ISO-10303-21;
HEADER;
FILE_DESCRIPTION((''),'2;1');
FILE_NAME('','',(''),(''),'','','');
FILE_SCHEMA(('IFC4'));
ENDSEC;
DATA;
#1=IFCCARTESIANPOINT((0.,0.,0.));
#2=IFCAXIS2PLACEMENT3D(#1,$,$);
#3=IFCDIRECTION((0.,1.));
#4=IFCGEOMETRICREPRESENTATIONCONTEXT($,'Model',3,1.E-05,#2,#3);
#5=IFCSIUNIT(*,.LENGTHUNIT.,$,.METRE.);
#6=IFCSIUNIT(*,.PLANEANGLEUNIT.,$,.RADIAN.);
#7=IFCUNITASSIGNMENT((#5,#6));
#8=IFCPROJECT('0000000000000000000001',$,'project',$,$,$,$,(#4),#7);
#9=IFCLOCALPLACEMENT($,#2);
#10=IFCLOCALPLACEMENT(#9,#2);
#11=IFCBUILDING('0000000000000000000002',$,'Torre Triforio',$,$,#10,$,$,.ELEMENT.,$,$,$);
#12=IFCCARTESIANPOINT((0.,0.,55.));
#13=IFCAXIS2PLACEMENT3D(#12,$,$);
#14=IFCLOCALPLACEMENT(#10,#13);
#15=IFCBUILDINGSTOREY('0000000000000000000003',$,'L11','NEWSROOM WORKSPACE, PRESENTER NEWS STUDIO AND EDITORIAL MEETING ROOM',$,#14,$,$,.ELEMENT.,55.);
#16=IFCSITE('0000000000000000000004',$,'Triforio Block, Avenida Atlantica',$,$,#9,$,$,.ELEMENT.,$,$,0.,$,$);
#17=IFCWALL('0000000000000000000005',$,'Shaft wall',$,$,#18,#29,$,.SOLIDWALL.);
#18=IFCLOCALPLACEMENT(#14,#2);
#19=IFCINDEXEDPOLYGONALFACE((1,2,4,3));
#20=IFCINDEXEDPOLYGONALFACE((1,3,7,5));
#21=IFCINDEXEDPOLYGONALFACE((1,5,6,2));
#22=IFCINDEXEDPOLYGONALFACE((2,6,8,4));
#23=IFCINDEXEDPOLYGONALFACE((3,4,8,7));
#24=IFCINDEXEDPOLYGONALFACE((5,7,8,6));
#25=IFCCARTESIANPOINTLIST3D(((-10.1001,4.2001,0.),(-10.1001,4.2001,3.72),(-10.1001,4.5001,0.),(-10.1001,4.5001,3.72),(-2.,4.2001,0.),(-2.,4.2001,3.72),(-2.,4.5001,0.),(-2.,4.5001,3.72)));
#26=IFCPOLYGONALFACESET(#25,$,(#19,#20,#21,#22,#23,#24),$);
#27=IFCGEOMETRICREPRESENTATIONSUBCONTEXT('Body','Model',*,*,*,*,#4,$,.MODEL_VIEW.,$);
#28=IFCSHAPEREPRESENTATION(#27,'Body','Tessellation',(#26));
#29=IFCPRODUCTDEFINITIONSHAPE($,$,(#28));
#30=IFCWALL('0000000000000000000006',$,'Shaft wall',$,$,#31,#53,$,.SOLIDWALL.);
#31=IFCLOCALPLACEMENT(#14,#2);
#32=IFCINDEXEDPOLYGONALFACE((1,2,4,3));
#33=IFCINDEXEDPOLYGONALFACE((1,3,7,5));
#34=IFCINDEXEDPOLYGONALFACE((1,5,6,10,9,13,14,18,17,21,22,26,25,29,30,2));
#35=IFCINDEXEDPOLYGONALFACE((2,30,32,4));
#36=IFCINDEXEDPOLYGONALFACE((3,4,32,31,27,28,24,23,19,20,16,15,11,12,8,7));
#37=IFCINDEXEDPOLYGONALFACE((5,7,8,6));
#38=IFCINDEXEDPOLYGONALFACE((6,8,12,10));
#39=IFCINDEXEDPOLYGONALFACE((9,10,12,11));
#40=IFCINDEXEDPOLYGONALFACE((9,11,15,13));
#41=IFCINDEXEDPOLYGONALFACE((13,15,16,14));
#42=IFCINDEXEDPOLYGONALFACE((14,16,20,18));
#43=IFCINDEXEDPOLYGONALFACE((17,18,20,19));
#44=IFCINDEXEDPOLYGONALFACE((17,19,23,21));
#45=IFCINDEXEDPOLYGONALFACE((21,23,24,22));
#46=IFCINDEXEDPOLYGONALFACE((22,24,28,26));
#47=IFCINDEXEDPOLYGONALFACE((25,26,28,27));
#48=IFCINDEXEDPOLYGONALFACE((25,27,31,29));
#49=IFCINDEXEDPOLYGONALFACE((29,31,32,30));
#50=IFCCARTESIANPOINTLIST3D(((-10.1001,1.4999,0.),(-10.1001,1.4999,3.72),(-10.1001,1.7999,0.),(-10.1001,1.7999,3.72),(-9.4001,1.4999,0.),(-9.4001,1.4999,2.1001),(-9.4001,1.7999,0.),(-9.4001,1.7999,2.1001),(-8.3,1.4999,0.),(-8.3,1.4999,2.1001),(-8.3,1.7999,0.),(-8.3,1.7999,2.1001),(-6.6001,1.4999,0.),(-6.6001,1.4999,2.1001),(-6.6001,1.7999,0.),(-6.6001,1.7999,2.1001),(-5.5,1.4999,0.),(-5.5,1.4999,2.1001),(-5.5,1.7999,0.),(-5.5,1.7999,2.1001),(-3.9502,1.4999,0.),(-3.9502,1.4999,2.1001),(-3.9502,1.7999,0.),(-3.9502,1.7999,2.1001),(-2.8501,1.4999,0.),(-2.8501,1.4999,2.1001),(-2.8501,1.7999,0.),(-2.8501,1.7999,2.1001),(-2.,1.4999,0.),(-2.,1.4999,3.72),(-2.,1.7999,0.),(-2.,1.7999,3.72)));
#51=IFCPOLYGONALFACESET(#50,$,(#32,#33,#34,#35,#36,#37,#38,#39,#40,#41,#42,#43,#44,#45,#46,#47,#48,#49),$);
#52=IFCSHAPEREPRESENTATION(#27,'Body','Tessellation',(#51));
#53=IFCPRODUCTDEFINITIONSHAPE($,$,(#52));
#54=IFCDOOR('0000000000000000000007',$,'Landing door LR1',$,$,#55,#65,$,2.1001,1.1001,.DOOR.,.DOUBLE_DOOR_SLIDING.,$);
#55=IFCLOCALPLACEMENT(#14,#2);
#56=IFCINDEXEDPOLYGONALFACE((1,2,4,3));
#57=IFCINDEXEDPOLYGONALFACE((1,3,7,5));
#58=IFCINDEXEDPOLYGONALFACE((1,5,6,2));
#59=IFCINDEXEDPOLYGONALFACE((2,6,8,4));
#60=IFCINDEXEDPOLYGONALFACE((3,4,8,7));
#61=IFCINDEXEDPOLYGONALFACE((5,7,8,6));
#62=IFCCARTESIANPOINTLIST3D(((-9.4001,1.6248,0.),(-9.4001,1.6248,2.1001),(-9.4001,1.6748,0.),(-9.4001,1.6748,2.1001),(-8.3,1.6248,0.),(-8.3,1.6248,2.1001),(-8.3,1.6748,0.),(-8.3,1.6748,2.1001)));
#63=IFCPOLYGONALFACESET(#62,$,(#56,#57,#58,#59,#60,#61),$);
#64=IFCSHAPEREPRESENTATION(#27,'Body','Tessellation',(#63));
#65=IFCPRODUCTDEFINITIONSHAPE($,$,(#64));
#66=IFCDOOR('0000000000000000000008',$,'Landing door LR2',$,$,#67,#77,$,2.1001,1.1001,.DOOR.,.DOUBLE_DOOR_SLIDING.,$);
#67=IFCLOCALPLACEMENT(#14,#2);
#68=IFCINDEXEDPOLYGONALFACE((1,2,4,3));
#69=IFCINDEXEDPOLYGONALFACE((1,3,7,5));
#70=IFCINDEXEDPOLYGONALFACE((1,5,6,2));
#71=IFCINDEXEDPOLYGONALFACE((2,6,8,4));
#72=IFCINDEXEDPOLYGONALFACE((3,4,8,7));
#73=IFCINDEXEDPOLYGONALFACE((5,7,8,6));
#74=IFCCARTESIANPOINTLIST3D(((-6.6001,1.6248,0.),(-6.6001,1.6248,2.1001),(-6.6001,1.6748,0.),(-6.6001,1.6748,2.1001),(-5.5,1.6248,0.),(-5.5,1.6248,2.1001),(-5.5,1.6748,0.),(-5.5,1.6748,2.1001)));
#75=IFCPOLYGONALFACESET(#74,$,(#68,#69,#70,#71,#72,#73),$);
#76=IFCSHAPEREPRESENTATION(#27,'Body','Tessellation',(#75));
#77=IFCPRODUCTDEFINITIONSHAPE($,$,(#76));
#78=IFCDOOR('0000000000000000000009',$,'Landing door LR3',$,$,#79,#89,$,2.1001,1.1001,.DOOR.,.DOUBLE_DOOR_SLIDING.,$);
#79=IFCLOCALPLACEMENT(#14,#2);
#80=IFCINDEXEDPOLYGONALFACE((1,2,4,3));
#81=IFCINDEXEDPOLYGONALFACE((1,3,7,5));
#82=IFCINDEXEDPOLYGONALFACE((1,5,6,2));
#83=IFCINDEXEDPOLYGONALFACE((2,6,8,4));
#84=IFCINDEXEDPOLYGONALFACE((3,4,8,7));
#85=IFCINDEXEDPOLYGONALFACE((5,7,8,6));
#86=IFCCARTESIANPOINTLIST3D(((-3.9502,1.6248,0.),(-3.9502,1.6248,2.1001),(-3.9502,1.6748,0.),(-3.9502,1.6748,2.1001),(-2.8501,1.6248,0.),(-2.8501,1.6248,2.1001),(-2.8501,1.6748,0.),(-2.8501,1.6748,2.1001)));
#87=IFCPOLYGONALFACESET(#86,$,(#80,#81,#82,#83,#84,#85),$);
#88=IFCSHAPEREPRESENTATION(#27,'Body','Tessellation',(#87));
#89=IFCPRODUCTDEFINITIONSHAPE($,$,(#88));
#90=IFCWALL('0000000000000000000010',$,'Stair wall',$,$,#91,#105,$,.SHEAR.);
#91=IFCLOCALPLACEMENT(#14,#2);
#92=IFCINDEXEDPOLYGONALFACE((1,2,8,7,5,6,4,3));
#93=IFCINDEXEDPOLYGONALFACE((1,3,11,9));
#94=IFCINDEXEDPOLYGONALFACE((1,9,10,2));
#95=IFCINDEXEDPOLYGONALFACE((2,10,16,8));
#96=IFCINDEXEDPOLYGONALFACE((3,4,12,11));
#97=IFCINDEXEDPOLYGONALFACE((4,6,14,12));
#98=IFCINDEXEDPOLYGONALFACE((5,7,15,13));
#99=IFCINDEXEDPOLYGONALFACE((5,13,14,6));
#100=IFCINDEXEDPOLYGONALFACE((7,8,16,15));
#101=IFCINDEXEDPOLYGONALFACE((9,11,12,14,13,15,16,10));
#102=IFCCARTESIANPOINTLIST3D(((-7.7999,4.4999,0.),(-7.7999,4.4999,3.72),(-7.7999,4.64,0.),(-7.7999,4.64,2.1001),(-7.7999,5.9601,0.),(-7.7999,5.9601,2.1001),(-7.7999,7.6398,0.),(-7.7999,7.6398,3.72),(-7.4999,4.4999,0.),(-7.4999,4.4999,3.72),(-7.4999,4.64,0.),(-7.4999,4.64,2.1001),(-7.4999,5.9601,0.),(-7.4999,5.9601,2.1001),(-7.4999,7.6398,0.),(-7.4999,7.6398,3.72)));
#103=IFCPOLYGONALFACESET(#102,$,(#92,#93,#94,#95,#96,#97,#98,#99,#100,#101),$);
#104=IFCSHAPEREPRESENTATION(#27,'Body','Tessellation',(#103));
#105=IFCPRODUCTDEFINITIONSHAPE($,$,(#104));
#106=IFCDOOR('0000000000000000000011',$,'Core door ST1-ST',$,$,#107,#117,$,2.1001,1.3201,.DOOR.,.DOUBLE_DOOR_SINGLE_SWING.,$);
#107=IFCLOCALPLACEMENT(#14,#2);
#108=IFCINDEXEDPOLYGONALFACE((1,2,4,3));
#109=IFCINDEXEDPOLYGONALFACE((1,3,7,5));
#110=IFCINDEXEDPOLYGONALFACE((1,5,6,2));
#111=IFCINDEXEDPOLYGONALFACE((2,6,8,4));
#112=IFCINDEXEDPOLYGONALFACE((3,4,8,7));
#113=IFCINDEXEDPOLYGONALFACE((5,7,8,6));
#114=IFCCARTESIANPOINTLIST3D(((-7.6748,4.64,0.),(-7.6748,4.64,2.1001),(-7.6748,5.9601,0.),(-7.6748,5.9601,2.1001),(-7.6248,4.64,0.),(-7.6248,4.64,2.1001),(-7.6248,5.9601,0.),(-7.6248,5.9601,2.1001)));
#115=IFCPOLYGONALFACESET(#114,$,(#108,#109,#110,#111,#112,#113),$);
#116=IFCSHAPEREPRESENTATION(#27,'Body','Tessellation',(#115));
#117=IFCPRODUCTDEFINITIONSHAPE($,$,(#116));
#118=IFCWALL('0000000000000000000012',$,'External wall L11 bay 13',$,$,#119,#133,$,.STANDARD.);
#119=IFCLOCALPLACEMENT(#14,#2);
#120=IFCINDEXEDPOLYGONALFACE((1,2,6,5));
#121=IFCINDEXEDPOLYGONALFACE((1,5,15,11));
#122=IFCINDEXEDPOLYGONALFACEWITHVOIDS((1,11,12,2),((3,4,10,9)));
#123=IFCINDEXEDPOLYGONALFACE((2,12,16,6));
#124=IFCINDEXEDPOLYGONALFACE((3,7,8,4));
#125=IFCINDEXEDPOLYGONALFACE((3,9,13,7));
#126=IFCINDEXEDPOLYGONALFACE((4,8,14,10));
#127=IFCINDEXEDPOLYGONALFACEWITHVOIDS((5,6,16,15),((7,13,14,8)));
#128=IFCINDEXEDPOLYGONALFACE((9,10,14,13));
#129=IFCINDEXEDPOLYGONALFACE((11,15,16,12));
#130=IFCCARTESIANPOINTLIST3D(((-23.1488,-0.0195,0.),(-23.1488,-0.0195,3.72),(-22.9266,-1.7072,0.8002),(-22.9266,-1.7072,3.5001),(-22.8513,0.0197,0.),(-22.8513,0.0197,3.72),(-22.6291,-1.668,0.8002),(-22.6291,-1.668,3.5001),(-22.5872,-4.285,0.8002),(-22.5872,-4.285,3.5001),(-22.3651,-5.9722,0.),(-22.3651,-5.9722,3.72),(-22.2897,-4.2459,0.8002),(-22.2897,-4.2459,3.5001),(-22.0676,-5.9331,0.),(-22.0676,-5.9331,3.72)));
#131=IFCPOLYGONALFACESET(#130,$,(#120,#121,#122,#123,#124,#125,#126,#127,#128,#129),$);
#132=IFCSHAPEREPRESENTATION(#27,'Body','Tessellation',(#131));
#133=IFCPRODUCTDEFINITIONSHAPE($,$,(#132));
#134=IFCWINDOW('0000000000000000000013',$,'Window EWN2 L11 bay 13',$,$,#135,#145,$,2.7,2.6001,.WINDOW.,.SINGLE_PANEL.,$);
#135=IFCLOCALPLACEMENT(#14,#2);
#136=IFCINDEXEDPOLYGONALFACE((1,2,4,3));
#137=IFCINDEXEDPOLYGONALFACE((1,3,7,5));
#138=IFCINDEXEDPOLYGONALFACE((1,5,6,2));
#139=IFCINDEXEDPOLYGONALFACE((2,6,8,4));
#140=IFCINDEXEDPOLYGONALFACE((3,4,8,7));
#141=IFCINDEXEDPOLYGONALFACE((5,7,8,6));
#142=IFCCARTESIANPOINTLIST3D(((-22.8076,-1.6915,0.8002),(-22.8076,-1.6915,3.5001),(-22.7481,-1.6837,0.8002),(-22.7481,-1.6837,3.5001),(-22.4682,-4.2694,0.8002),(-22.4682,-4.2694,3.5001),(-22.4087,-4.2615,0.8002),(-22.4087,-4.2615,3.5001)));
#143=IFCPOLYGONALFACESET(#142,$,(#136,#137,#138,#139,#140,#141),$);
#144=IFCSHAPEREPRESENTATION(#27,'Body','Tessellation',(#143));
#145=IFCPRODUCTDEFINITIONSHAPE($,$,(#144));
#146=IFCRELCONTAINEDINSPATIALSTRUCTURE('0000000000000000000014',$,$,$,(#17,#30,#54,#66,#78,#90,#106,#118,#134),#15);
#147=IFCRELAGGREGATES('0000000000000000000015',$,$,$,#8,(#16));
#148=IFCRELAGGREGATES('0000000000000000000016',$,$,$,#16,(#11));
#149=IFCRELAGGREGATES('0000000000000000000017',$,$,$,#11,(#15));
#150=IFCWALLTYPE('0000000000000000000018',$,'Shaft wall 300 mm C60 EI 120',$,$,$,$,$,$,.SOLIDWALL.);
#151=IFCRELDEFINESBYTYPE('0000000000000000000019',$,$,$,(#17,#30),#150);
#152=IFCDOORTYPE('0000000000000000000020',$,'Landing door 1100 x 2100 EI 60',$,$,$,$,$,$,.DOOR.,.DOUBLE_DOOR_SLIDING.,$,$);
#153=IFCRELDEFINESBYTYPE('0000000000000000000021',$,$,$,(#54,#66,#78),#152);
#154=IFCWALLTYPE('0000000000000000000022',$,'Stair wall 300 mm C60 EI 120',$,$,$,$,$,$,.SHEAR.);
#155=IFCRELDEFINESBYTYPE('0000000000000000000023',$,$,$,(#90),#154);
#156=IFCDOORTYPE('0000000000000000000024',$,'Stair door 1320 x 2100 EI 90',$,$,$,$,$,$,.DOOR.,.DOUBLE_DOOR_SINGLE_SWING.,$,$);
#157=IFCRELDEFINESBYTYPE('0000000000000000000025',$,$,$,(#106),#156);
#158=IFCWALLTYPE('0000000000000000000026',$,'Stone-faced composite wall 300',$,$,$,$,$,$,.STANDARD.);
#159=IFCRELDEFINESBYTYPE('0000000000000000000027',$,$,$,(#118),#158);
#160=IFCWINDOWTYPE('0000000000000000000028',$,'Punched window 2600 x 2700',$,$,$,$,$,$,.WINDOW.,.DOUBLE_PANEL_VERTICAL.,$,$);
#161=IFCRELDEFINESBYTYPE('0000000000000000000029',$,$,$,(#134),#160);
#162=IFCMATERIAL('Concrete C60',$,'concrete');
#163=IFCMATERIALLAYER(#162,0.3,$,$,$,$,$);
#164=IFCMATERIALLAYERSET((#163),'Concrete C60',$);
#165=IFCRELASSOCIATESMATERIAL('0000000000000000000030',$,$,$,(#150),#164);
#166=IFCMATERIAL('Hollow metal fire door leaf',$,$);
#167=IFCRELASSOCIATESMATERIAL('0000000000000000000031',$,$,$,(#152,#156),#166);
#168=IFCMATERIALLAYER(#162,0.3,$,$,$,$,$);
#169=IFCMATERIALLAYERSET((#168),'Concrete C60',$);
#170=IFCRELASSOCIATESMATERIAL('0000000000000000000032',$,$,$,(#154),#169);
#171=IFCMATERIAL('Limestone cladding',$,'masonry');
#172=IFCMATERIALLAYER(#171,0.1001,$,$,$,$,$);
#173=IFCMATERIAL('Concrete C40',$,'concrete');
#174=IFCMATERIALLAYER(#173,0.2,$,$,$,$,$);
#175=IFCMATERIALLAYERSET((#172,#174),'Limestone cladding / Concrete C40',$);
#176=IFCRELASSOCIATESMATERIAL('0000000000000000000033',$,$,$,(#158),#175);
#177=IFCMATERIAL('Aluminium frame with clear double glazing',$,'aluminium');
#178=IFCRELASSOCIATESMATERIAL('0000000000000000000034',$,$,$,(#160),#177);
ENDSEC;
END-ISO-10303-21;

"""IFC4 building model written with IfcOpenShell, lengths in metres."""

from ifc_helpers import new_model, si_unit, direction, frame, frame_2d, origin, place, context, subcontext, project, spatial, rectangle, extrude, material, layer, layer_set, type_object, element, fill, save


model = new_model("IFC4")

# Units and contexts
model_context = context("Model", 3, precision=1e-05, world=origin(), true_north=direction((0.0, 1.0)))
body_context = subcontext(model_context, "Body", "Model", "MODEL_VIEW")
ifc_project = project(units=[si_unit("LENGTHUNIT", "METRE"), si_unit("PLANEANGLEUNIT", "RADIAN")], contexts=[model_context])

# Site, building, storey
site_placement = place(None, origin())
site = spatial("IfcSite", under=ifc_project, at=site_placement, Name="Triforio Block, Avenida Atlantica", CompositionType="ELEMENT", RefElevation=0.0)
building_placement = place(site_placement, origin())
building = spatial("IfcBuilding", under=site, at=building_placement, Name="Torre Triforio", CompositionType="ELEMENT")
storey_placement = place(building_placement, frame((0.0, 0.0, 55.0)))
storey = spatial("IfcBuildingStorey", under=building, at=storey_placement, Name="L11", Description="NEWSROOM WORKSPACE, PRESENTER NEWS STUDIO AND EDITORIAL MEETING ROOM", CompositionType="ELEMENT", Elevation=55.0)

# Shared definitions
ifc_material_1 = material(Name="Concrete C60", Category="concrete")
ifc_material_2 = material(Name="Hollow metal fire door leaf")

# Wall
ifc_layer_1 = layer(ifc_material_1, 0.3)
ifc_layer_set_1 = layer_set([ifc_layer_1], Name="Concrete C60")
wall_type_1 = type_object("IfcWallType", Name="Shaft wall 300 mm C60 EI 120", PredefinedType="SOLIDWALL", material=ifc_layer_set_1)
wall_1_placement = place(storey_placement, frame((-10.1001, 4.3501, 0.0), z_axis=(0.0, 0.0, 1.0), x_axis=(1.0, 0.0, 0.0)))
element("IfcWall", 1, at=wall_1_placement, inside=storey, type_object=wall_type_1, Name="Shaft wall", PredefinedType="SOLIDWALL", context=body_context, shape_type="SweptSolid", body=[
    extrude(rectangle(XDim=8.1001, YDim=0.3, at=frame_2d((4.05, 0.0))), origin(), (0.0, 0.0, 1.0), 3.72),
])

# Wall, openings, doors
wall_2_placement = place(storey_placement, frame((-10.1001, 1.6499, 0.0), z_axis=(0.0, 0.0, 1.0), x_axis=(1.0, 0.0, 0.0)))
wall_2 = element("IfcWall", 2, at=wall_2_placement, inside=storey, type_object=wall_type_1, Name="Shaft wall", PredefinedType="SOLIDWALL", context=body_context, shape_type="SweptSolid", body=[
    extrude(rectangle(XDim=8.1001, YDim=0.3, at=frame_2d((4.05, 0.0))), origin(), (0.0, 0.0, 1.0), 3.72),
])
opening_1_placement = place(wall_2_placement, frame((0.7, 0.0, 0.0)))
opening_1 = element("IfcOpeningElement", 3, at=opening_1_placement, cuts=wall_2, PredefinedType="OPENING", context=body_context, shape_type="SweptSolid", body=[
    extrude(rectangle(XDim=1.1001, YDim=2.1001, at=frame_2d((0.55, 1.05))), frame((0.0, 0.1599, 0.0), z_axis=(0.0, -1.0, 0.0), x_axis=(1.0, 0.0, 0.0)), (0.0, 0.0, 1.0), 0.3201),
])
opening_2_placement = place(wall_2_placement, frame((3.5, 0.0, 0.0)))
opening_2 = element("IfcOpeningElement", 4, at=opening_2_placement, cuts=wall_2, PredefinedType="OPENING", context=body_context, shape_type="SweptSolid", body=[
    extrude(rectangle(XDim=1.1001, YDim=2.1001, at=frame_2d((0.55, 1.05))), frame((0.0, 0.1599, 0.0), z_axis=(0.0, -1.0, 0.0), x_axis=(1.0, 0.0, 0.0)), (0.0, 0.0, 1.0), 0.3201),
])
opening_3_placement = place(wall_2_placement, frame((6.1499, 0.0, 0.0)))
opening_3 = element("IfcOpeningElement", 5, at=opening_3_placement, cuts=wall_2, PredefinedType="OPENING", context=body_context, shape_type="SweptSolid", body=[
    extrude(rectangle(XDim=1.1001, YDim=2.1001, at=frame_2d((0.55, 1.05))), frame((0.0, 0.1599, 0.0), z_axis=(0.0, -1.0, 0.0), x_axis=(1.0, 0.0, 0.0)), (0.0, 0.0, 1.0), 0.3201),
])
door_type_1 = type_object("IfcDoorType", Name="Landing door 1100 x 2100 EI 60", OperationType="DOUBLE_DOOR_SLIDING", PredefinedType="DOOR", material=ifc_material_2)
door_1_placement = place(opening_1_placement, origin())
door_1 = element("IfcDoor", 6, at=door_1_placement, inside=storey, type_object=door_type_1, Name="Landing door LR1", OperationType="DOUBLE_DOOR_SLIDING", OverallHeight=2.1001, OverallWidth=1.1001, PredefinedType="DOOR", context=body_context, shape_type="SweptSolid", body=[
    extrude(rectangle(XDim=1.1001, YDim=2.1001, at=frame_2d((0.55, 1.05))), frame((0.0, 0.0249, 0.0), z_axis=(0.0, -1.0, 0.0), x_axis=(1.0, 0.0, 0.0)), (0.0, 0.0, 1.0), 0.05),
])
fill(opening_1, door_1)
door_2_placement = place(opening_2_placement, origin())
door_2 = element("IfcDoor", 7, at=door_2_placement, inside=storey, type_object=door_type_1, Name="Landing door LR2", OperationType="DOUBLE_DOOR_SLIDING", OverallHeight=2.1001, OverallWidth=1.1001, PredefinedType="DOOR", context=body_context, shape_type="SweptSolid", body=[
    extrude(rectangle(XDim=1.1001, YDim=2.1001, at=frame_2d((0.55, 1.05))), frame((0.0, 0.0249, 0.0), z_axis=(0.0, -1.0, 0.0), x_axis=(1.0, 0.0, 0.0)), (0.0, 0.0, 1.0), 0.05),
])
fill(opening_2, door_2)
door_3_placement = place(opening_3_placement, origin())
door_3 = element("IfcDoor", 8, at=door_3_placement, inside=storey, type_object=door_type_1, Name="Landing door LR3", OperationType="DOUBLE_DOOR_SLIDING", OverallHeight=2.1001, OverallWidth=1.1001, PredefinedType="DOOR", context=body_context, shape_type="SweptSolid", body=[
    extrude(rectangle(XDim=1.1001, YDim=2.1001, at=frame_2d((0.55, 1.05))), frame((0.0, 0.0249, 0.0), z_axis=(0.0, -1.0, 0.0), x_axis=(1.0, 0.0, 0.0)), (0.0, 0.0, 1.0), 0.05),
])
fill(opening_3, door_3)

# Wall, opening, door
ifc_layer_2 = layer(ifc_material_1, 0.3)
ifc_layer_set_2 = layer_set([ifc_layer_2], Name="Concrete C60")
wall_type_2 = type_object("IfcWallType", Name="Stair wall 300 mm C60 EI 120", PredefinedType="SHEAR", material=ifc_layer_set_2)
wall_3_placement = place(storey_placement, frame((-7.6499, 4.5, 0.0), z_axis=(0.0, 0.0, 1.0), x_axis=(0.0, 1.0, 0.0)))
wall_3 = element("IfcWall", 9, at=wall_3_placement, inside=storey, type_object=wall_type_2, Name="Stair wall", PredefinedType="SHEAR", context=body_context, shape_type="SweptSolid", body=[
    extrude(rectangle(XDim=3.1399, YDim=0.3, at=frame_2d((1.5698, 0.0))), origin(), (0.0, 0.0, 1.0), 3.72),
])
opening_4_placement = place(wall_3_placement, frame((0.1399, 0.0, 0.0)))
opening_4 = element("IfcOpeningElement", 10, at=opening_4_placement, cuts=wall_3, PredefinedType="OPENING", context=body_context, shape_type="SweptSolid", body=[
    extrude(rectangle(XDim=1.3201, YDim=2.1001, at=frame_2d((0.6602, 1.05))), frame((0.0, 0.1599, 0.0), z_axis=(0.0, -1.0, 0.0), x_axis=(1.0, 0.0, 0.0)), (0.0, 0.0, 1.0), 0.3201),
])
door_type_2 = type_object("IfcDoorType", Name="Stair door 1320 x 2100 EI 90", OperationType="DOUBLE_DOOR_SINGLE_SWING", PredefinedType="DOOR", material=ifc_material_2)
door_4_placement = place(opening_4_placement, origin())
door_4 = element("IfcDoor", 11, at=door_4_placement, inside=storey, type_object=door_type_2, Name="Core door ST1-ST", OperationType="DOUBLE_DOOR_SINGLE_SWING", OverallHeight=2.1001, OverallWidth=1.3201, PredefinedType="DOOR", context=body_context, shape_type="SweptSolid", body=[
    extrude(rectangle(XDim=1.3201, YDim=2.1001, at=frame_2d((0.6602, 1.05))), frame((0.0, 0.0249, 0.0), z_axis=(0.0, -1.0, 0.0), x_axis=(1.0, 0.0, 0.0)), (0.0, 0.0, 1.0), 0.05),
])
fill(opening_4, door_4)

# Shared definitions
ifc_material_3 = material(Name="Limestone cladding", Category="masonry")
ifc_layer_3 = layer(ifc_material_3, 0.1001)
ifc_material_4 = material(Name="Concrete C40", Category="concrete")
ifc_layer_4 = layer(ifc_material_4, 0.2)
ifc_layer_set_3 = layer_set([ifc_layer_3, ifc_layer_4], Name="Limestone cladding / Concrete C40")
wall_type_3 = type_object("IfcWallType", Name="Stone-faced composite wall 300", PredefinedType="STANDARD", material=ifc_layer_set_3)
ifc_material_5 = material(Name="Aluminium frame with clear double glazing", Category="aluminium")

# Wall, opening, window
wall_4_placement = place(storey_placement, frame((-23.0, 0.0, 0.0), z_axis=(0.0, 0.0, 1.0), x_axis=(0.130523, -0.991445, 0.0)))
wall_4 = element("IfcWall", 12, at=wall_4_placement, inside=storey, type_object=wall_type_3, Name="External wall L11 bay 13", PredefinedType="STANDARD", context=body_context, shape_type="SweptSolid", body=[
    extrude(rectangle(XDim=6.0042, YDim=0.3, at=frame_2d((3.002, 0.0))), origin(), (0.0, 0.0, 1.0), 3.72),
])
opening_5_placement = place(wall_4_placement, frame((1.7021, 0.0, 0.8)))
opening_5 = element("IfcOpeningElement", 13, at=opening_5_placement, cuts=wall_4, PredefinedType="OPENING", context=body_context, shape_type="SweptSolid", body=[
    extrude(rectangle(XDim=2.6001, YDim=2.7, at=frame_2d((1.3, 1.3501))), frame((0.0, 0.1599, 0.0), z_axis=(0.0, -1.0, 0.0), x_axis=(1.0, 0.0, 0.0)), (0.0, 0.0, 1.0), 0.3201),
])
window_type_1 = type_object("IfcWindowType", Name="Punched window 2600 x 2700", PartitioningType="DOUBLE_PANEL_VERTICAL", PredefinedType="WINDOW", material=ifc_material_5)
window_1_placement = place(opening_5_placement, origin())
window_1 = element("IfcWindow", 14, at=window_1_placement, inside=storey, type_object=window_type_1, Name="Window EWN2 L11 bay 13", OverallHeight=2.7, OverallWidth=2.6001, PartitioningType="SINGLE_PANEL", PredefinedType="WINDOW", context=body_context, shape_type="SweptSolid", body=[
    extrude(rectangle(XDim=2.6001, YDim=2.7, at=frame_2d((1.3, 1.3501))), frame((0.0, 0.03, 0.0), z_axis=(0.0, -1.0, 0.0), x_axis=(1.0, 0.0, 0.0)), (0.0, 0.0, 1.0), 0.0601),
])
fill(opening_5, window_1)

save(model, "model.ifc")
